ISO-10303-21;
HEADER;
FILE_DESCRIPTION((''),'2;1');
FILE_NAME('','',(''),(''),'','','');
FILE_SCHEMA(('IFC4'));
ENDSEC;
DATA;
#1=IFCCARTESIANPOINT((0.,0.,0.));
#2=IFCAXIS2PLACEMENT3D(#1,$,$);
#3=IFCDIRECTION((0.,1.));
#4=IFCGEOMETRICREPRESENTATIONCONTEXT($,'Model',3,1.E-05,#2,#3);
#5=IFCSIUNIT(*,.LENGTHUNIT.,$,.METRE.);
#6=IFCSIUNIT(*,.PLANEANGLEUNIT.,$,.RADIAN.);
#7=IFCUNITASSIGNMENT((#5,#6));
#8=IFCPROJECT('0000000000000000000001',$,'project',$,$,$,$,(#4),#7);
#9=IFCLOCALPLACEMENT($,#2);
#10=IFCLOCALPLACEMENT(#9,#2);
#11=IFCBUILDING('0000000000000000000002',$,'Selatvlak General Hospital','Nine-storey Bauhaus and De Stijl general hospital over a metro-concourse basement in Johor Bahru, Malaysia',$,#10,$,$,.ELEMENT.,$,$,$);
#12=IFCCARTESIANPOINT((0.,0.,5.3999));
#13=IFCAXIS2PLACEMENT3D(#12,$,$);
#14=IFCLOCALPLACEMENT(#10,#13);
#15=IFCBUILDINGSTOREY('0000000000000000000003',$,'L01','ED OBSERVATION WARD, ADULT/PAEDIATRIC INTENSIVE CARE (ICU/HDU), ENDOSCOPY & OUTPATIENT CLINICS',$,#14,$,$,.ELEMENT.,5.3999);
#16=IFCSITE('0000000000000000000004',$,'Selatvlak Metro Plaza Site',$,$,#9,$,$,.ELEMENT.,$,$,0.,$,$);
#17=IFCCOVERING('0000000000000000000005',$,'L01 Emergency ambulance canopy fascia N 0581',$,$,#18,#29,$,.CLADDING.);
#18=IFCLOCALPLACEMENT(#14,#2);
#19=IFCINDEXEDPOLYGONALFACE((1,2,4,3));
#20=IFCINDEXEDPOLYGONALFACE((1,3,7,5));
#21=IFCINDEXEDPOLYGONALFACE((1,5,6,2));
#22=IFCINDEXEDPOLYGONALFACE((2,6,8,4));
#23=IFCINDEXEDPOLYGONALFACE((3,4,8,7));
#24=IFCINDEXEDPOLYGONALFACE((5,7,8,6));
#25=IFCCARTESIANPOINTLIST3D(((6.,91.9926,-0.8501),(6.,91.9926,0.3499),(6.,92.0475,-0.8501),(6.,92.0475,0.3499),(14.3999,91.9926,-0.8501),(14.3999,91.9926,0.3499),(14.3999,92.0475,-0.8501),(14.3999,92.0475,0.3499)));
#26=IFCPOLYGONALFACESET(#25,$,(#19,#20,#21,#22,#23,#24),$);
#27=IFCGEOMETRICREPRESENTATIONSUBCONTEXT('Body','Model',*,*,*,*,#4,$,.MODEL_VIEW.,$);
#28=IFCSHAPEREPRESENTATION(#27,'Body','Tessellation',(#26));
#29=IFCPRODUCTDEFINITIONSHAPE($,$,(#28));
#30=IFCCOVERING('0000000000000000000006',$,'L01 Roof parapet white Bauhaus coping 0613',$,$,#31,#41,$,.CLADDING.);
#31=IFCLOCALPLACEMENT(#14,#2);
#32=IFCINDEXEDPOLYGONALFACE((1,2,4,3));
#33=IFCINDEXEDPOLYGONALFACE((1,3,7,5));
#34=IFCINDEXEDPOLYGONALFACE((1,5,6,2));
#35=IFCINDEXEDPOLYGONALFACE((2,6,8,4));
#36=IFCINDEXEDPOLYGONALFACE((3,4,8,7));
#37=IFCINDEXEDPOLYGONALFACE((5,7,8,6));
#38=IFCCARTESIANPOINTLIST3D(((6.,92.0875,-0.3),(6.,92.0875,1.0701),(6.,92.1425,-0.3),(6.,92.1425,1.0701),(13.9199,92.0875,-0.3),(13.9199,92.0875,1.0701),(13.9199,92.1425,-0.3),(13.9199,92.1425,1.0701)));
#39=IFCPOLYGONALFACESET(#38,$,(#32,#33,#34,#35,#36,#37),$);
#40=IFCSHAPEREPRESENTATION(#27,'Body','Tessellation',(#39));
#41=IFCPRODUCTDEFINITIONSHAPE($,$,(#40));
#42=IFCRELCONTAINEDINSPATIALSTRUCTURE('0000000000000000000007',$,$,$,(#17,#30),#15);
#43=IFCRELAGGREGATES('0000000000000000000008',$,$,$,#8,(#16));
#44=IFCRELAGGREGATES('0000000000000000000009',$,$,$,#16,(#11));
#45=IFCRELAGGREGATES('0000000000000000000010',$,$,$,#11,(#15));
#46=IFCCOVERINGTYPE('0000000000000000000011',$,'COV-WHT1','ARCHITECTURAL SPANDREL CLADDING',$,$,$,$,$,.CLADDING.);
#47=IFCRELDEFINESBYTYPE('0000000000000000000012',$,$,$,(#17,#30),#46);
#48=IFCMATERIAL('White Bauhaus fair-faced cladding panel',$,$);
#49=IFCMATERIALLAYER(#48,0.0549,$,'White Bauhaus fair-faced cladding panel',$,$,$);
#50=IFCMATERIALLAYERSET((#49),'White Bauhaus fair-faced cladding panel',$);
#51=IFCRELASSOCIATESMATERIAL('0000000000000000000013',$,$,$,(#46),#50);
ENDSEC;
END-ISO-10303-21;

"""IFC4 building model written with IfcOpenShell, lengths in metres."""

from ifc_helpers import new_model, si_unit, direction, frame, origin, origin_2d, place, context, subcontext, project, spatial, rectangle, extrude, material, layer, layer_set, type_object, element, save


model = new_model("IFC4")

# Units and contexts
model_context = context("Model", 3, precision=1e-05, world=origin(), true_north=direction((0.0, 1.0)))
body_context = subcontext(model_context, "Body", "Model", "MODEL_VIEW")
ifc_project = project(units=[si_unit("LENGTHUNIT", "METRE"), si_unit("PLANEANGLEUNIT", "RADIAN")], contexts=[model_context])

# Site, building, storey
site_placement = place(None, origin())
site = spatial("IfcSite", under=ifc_project, at=site_placement, Name="Selatvlak Metro Plaza Site", CompositionType="ELEMENT", RefElevation=0.0)
building_placement = place(site_placement, origin())
building = spatial("IfcBuilding", under=site, at=building_placement, Name="Selatvlak General Hospital", Description="Nine-storey Bauhaus and De Stijl general hospital over a metro-concourse basement in Johor Bahru, Malaysia", CompositionType="ELEMENT")
storey_placement = place(building_placement, frame((0.0, 0.0, 5.3999)))
storey = spatial("IfcBuildingStorey", under=building, at=storey_placement, Name="L01", Description="ED OBSERVATION WARD, ADULT/PAEDIATRIC INTENSIVE CARE (ICU/HDU), ENDOSCOPY & OUTPATIENT CLINICS", CompositionType="ELEMENT", Elevation=5.3999)

# Coverings
ifc_material_1 = material(Name="White Bauhaus fair-faced cladding panel")
ifc_layer_1 = layer(ifc_material_1, 0.0549, Name="White Bauhaus fair-faced cladding panel")
ifc_layer_set_1 = layer_set([ifc_layer_1], Name="White Bauhaus fair-faced cladding panel")
covering_type = type_object("IfcCoveringType", Name="COV-WHT1", Description="ARCHITECTURAL SPANDREL CLADDING", PredefinedType="CLADDING", material=ifc_layer_set_1)
covering_1_placement = place(storey_placement, frame((10.2, 92.02, -0.8501), z_axis=(0.0, 0.0, 1.0), x_axis=(1.0, 0.0, 0.0)))
element("IfcCovering", 1, at=covering_1_placement, inside=storey, type_object=covering_type, Name="L01 Emergency ambulance canopy fascia N 0581", PredefinedType="CLADDING", context=body_context, shape_type="SweptSolid", body=[
    extrude(rectangle(XDim=8.3999, YDim=0.0549, at=origin_2d()), origin(), (0.0, 0.0, 1.0), 1.2),
])
covering_2_placement = place(storey_placement, frame((9.96, 92.115, -0.3), z_axis=(0.0, 0.0, 1.0), x_axis=(1.0, 0.0, 0.0)))
element("IfcCovering", 2, at=covering_2_placement, inside=storey, type_object=covering_type, Name="L01 Roof parapet white Bauhaus coping 0613", PredefinedType="CLADDING", context=body_context, shape_type="SweptSolid", body=[
    extrude(rectangle(XDim=7.9199, YDim=0.0549, at=origin_2d()), origin(), (0.0, 0.0, 1.0), 1.3701),
])

save(model, "model.ifc")
